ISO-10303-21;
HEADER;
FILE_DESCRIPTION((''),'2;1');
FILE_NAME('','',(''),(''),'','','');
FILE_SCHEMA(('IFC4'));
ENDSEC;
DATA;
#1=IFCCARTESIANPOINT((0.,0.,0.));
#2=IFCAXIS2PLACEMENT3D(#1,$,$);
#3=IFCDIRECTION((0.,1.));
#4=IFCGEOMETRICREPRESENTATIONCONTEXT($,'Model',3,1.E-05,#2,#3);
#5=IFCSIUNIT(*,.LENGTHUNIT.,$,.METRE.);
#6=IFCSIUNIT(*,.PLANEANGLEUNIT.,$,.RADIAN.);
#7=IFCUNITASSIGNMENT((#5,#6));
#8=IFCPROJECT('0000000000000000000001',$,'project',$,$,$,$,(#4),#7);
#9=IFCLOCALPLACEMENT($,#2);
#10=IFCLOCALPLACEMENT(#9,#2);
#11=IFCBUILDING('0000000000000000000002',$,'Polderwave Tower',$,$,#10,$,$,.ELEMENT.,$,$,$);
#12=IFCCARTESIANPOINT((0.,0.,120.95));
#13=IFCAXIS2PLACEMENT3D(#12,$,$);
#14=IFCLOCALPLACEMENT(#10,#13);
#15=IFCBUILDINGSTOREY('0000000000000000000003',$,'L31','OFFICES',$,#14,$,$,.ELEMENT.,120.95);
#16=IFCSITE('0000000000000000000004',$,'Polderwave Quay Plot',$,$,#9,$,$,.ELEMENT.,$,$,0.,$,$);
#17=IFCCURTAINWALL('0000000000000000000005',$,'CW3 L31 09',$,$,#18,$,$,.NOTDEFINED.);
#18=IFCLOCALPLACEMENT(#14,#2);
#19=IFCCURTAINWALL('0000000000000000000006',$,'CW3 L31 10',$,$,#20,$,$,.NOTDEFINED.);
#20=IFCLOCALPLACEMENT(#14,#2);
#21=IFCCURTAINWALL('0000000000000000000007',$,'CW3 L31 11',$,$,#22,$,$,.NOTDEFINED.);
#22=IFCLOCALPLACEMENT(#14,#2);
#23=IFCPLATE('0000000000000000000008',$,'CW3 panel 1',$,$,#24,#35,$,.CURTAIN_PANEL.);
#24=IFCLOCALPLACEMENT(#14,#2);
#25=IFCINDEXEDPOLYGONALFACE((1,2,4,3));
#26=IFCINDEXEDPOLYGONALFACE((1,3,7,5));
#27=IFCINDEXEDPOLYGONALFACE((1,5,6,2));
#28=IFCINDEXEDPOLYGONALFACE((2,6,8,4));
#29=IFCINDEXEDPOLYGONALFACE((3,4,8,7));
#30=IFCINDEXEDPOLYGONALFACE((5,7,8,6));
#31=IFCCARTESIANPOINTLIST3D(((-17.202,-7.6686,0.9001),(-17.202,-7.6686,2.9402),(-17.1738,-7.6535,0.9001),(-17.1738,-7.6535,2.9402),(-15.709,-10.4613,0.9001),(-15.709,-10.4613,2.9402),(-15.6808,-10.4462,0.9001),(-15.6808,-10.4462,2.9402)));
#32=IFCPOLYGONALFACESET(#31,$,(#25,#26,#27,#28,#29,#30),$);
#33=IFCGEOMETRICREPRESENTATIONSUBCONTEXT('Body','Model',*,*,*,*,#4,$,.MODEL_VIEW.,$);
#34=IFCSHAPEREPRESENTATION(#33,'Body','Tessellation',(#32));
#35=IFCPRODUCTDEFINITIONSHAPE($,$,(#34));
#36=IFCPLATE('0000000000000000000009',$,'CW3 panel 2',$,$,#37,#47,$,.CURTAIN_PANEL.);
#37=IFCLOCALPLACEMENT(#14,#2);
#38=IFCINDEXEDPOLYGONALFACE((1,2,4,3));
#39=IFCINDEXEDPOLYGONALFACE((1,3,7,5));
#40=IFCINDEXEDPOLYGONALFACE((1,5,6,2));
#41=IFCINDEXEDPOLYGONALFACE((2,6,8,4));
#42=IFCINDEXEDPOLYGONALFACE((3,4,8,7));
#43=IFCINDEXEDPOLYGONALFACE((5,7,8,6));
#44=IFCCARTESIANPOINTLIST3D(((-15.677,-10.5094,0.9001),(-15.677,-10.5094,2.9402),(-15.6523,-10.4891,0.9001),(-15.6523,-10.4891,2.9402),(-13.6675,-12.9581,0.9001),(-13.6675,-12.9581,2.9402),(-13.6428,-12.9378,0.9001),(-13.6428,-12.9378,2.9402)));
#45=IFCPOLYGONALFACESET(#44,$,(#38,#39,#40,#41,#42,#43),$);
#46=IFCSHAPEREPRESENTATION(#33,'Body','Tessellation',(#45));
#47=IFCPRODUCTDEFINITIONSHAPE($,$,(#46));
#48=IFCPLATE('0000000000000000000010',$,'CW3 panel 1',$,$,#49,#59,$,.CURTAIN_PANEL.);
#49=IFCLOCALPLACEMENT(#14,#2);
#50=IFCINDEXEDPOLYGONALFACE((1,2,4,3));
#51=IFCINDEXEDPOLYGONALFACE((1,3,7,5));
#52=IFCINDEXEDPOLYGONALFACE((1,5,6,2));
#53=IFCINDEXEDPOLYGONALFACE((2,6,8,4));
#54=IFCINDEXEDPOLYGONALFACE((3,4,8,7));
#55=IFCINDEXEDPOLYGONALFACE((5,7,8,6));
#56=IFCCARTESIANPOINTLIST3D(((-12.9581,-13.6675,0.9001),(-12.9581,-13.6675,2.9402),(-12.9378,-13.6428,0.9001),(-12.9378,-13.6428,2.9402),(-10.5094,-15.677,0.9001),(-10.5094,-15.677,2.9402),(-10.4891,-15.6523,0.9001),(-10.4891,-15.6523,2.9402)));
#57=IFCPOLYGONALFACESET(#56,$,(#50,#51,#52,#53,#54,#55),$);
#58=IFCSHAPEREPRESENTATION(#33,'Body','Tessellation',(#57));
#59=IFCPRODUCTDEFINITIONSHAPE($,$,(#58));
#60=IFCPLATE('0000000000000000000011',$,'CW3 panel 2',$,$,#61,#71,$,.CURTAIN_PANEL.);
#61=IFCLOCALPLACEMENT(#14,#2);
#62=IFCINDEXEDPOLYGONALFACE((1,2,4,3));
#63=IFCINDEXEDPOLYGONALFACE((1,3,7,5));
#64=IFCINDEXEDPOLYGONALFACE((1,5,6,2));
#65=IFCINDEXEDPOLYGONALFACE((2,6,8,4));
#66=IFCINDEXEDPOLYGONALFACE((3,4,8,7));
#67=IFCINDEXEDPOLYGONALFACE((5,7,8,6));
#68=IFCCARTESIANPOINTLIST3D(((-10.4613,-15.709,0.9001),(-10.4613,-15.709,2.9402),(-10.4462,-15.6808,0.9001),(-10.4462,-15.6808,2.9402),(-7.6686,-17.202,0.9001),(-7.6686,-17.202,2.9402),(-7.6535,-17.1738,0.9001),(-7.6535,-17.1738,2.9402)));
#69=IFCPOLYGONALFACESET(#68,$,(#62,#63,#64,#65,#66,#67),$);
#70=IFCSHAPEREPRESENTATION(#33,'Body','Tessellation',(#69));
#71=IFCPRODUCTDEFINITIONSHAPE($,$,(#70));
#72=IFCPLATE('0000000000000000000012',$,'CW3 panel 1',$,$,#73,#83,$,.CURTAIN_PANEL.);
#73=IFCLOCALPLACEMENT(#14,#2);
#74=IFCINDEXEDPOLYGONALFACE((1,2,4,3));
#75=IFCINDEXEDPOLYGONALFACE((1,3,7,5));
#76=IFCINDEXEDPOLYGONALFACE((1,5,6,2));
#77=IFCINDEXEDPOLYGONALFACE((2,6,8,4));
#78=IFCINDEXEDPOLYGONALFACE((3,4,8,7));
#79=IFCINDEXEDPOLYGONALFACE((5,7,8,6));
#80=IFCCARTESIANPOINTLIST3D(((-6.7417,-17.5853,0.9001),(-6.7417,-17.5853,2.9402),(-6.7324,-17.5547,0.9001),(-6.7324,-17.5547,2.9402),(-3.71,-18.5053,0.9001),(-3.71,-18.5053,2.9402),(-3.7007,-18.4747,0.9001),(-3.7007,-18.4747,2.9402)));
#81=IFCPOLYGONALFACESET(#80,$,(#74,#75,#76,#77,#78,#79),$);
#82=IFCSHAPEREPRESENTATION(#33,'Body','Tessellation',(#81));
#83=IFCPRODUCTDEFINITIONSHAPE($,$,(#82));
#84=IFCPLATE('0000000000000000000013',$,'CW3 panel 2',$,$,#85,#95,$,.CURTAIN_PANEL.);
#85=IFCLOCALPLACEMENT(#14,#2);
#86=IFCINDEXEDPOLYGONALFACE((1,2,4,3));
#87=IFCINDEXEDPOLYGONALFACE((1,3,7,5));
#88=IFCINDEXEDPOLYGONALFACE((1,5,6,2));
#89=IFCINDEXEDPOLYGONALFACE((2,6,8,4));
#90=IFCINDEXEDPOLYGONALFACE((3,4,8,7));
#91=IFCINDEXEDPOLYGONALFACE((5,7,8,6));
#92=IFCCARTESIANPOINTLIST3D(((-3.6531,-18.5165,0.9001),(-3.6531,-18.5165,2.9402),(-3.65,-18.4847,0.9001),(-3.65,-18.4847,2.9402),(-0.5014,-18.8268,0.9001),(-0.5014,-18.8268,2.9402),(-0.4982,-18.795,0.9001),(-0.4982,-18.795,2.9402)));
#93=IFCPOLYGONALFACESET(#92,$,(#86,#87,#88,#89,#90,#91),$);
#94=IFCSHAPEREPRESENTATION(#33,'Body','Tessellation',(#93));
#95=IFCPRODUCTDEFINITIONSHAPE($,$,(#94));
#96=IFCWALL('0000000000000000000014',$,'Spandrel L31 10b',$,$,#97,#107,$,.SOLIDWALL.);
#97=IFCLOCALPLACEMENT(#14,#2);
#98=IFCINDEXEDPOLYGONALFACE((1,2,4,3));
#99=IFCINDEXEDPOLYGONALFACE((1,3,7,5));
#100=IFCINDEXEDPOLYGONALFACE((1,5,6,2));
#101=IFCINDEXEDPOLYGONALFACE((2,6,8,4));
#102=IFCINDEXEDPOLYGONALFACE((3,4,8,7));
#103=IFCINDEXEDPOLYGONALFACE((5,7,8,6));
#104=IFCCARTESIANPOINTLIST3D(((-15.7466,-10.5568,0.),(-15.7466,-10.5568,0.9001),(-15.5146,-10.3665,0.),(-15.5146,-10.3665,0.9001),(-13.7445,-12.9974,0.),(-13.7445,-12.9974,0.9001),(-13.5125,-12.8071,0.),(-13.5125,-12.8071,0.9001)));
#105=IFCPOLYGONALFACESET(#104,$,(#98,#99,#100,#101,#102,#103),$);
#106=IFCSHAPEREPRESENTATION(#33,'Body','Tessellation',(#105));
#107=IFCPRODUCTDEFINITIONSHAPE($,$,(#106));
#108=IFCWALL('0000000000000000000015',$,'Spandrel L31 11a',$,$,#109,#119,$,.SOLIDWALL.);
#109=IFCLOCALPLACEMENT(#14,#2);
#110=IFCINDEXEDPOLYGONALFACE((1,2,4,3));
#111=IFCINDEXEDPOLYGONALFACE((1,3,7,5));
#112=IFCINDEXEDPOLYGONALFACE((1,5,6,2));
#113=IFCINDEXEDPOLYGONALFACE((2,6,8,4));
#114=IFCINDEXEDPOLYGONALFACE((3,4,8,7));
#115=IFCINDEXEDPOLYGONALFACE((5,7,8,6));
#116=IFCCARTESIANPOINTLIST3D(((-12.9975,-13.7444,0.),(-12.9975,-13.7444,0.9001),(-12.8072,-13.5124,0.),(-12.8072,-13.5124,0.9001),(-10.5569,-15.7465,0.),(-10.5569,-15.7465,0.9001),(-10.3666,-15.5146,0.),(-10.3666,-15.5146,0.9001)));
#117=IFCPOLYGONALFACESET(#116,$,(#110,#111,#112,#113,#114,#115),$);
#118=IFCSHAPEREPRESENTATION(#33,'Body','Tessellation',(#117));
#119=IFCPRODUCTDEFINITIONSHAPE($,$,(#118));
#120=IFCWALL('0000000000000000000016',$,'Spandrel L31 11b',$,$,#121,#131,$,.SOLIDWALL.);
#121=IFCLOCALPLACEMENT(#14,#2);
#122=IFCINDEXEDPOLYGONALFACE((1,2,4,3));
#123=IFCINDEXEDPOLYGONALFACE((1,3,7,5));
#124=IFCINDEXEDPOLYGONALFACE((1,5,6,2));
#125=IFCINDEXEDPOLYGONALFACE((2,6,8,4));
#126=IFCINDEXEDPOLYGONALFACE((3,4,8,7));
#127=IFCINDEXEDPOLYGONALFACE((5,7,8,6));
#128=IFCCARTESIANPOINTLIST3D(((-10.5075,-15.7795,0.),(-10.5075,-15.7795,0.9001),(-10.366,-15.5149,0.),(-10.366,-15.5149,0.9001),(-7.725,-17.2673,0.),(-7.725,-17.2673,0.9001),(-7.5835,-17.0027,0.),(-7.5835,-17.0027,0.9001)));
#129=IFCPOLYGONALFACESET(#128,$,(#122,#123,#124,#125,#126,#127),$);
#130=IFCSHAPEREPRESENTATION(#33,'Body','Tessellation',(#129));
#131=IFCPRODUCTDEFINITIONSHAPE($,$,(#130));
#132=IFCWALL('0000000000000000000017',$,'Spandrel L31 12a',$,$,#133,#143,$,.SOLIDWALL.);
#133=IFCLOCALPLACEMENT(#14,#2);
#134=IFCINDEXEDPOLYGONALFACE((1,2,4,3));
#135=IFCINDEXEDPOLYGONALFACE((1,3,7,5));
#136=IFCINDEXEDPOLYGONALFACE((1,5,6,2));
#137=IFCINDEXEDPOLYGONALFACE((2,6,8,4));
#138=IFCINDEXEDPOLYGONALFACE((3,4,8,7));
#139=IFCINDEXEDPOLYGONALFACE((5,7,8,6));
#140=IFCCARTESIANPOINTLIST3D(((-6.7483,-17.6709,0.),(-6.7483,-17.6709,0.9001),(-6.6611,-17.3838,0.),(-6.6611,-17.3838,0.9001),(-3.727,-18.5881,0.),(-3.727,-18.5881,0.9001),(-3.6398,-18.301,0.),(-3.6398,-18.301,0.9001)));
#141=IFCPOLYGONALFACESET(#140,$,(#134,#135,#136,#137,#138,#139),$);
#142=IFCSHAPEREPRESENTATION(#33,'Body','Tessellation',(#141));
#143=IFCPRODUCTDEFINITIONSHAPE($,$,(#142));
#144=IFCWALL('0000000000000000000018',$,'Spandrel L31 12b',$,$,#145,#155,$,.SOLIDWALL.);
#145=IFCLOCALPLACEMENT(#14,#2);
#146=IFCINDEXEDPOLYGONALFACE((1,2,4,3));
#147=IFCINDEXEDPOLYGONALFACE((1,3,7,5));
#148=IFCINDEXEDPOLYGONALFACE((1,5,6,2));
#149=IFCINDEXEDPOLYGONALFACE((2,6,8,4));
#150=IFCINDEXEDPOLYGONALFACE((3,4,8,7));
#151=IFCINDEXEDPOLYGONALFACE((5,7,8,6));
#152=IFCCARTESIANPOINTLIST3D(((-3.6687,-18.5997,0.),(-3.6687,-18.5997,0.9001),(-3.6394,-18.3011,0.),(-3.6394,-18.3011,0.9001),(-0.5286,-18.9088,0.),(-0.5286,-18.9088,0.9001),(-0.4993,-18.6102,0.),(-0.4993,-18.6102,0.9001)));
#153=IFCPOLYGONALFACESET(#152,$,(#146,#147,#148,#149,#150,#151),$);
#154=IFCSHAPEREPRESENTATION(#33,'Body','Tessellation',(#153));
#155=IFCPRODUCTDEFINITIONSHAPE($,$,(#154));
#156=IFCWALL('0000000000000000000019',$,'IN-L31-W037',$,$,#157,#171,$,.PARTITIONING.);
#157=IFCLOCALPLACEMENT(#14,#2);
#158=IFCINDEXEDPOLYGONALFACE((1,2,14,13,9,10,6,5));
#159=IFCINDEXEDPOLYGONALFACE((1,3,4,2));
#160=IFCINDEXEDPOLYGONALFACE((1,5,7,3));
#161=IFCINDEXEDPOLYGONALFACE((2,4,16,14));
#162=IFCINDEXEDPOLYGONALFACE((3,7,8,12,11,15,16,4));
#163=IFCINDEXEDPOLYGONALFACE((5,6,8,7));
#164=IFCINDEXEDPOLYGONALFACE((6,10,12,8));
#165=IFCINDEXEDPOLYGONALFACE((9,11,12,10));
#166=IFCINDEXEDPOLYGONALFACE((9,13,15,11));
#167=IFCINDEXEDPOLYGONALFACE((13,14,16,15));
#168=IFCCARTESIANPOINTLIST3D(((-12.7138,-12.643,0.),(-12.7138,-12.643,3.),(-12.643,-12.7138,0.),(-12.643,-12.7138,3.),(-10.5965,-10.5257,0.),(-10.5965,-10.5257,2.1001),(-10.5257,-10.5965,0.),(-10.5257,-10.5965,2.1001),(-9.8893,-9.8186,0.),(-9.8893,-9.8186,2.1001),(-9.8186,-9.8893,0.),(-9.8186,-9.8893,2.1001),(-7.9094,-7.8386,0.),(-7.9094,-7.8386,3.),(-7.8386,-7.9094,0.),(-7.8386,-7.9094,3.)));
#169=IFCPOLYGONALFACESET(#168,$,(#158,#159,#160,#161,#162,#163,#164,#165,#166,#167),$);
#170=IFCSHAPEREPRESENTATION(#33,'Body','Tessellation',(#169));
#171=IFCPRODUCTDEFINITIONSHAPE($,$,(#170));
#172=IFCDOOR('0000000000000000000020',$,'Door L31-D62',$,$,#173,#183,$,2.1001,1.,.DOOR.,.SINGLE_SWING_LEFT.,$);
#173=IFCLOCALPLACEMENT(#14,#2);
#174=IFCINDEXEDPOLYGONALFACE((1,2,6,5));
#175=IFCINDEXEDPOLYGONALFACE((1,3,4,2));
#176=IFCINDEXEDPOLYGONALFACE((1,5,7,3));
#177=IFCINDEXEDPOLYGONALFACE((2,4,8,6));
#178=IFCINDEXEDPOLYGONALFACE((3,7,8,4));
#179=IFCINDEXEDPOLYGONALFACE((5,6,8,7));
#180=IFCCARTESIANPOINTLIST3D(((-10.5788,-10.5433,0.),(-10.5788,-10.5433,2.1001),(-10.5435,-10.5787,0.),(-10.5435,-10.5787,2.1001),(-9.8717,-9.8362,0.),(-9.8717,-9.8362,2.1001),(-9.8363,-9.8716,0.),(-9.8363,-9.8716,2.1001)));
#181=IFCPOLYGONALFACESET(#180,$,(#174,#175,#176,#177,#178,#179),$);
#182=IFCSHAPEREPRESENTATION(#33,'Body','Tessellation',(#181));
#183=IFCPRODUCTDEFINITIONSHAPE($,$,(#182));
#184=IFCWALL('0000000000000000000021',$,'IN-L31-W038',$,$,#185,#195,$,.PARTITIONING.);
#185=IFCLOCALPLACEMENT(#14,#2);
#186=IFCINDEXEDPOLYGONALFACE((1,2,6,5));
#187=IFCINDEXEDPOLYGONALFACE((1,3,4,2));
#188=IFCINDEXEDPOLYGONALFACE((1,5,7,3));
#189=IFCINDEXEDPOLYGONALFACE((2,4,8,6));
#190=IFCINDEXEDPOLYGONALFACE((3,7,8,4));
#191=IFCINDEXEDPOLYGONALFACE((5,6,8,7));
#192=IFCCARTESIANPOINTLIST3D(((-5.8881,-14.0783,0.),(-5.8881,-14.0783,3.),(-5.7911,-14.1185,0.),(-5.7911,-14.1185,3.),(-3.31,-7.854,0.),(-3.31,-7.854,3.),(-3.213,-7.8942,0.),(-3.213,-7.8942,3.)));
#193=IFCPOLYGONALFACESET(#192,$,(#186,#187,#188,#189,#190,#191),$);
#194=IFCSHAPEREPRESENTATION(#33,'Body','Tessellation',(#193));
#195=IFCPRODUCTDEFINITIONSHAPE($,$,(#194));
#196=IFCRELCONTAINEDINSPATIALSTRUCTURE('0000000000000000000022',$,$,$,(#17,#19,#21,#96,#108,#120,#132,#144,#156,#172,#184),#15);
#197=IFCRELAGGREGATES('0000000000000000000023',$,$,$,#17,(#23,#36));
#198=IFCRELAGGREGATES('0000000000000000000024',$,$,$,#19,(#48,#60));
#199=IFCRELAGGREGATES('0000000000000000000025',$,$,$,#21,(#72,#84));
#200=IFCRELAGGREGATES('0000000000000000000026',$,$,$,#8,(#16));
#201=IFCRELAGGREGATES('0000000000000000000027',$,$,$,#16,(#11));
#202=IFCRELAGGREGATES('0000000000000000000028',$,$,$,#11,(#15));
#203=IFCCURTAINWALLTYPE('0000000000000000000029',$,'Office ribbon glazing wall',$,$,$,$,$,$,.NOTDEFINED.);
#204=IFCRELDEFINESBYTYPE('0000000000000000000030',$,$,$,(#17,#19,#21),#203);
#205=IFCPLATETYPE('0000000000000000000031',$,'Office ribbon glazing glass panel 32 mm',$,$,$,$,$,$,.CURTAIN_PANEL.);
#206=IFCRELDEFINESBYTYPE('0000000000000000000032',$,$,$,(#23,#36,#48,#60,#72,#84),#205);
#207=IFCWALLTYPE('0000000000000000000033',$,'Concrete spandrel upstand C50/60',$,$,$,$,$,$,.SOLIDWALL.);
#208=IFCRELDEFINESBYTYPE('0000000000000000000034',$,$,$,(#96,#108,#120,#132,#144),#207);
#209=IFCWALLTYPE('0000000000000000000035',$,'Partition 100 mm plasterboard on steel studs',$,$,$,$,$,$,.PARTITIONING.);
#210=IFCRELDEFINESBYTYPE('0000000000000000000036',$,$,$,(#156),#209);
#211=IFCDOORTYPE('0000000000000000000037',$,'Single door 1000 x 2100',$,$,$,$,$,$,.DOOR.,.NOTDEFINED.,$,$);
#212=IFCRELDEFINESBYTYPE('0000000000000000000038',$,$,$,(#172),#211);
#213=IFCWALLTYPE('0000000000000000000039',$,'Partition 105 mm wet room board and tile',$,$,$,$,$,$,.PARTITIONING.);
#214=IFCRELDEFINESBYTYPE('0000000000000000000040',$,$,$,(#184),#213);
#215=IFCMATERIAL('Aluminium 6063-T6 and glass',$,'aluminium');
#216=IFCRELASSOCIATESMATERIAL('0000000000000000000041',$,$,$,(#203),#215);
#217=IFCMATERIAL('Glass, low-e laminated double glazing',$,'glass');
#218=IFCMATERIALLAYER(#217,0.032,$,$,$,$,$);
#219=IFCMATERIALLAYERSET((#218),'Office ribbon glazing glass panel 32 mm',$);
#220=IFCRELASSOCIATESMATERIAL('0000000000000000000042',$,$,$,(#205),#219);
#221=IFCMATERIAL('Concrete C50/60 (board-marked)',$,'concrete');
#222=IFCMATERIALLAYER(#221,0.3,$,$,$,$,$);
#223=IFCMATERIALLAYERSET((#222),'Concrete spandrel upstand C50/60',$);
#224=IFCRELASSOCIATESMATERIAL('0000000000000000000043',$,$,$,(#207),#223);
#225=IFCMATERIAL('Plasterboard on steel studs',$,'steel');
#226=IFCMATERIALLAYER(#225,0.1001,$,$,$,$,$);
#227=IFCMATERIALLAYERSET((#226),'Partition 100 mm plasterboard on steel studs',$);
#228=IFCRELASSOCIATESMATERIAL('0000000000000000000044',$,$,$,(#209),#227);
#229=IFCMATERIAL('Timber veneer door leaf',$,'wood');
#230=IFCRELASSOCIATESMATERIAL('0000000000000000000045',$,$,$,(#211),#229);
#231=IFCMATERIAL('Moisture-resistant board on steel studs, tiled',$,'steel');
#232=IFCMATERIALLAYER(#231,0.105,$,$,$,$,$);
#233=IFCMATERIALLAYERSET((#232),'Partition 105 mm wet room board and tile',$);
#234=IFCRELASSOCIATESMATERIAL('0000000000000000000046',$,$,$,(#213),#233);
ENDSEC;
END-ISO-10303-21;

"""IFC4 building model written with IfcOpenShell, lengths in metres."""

from ifc_helpers import new_model, si_unit, direction, frame, frame_2d, origin, origin_2d, place, context, subcontext, project, spatial, rectangle, extrude, material, layer, layer_set, type_object, element, fill, aggregate, save


model = new_model("IFC4")

# Units and contexts
model_context = context("Model", 3, precision=1e-05, world=origin(), true_north=direction((0.0, 1.0)))
body_context = subcontext(model_context, "Body", "Model", "MODEL_VIEW")
ifc_project = project(units=[si_unit("LENGTHUNIT", "METRE"), si_unit("PLANEANGLEUNIT", "RADIAN")], contexts=[model_context])

# Site, building, storey
site_placement = place(None, origin())
site = spatial("IfcSite", under=ifc_project, at=site_placement, Name="Polderwave Quay Plot", CompositionType="ELEMENT", RefElevation=0.0)
building_placement = place(site_placement, origin())
building = spatial("IfcBuilding", under=site, at=building_placement, Name="Polderwave Tower", CompositionType="ELEMENT")
storey_placement = place(building_placement, frame((0.0, 0.0, 120.95)))
storey = spatial("IfcBuildingStorey", under=building, at=storey_placement, Name="L31", Description="OFFICES", CompositionType="ELEMENT", Elevation=120.95)

# Curtain walls
ifc_material_1 = material(Name="Aluminium 6063-T6 and glass", Category="aluminium")
curtain_wall_type = type_object("IfcCurtainWallType", Name="Office ribbon glazing wall", PredefinedType="NOTDEFINED", material=ifc_material_1)
curtain_wall_1_placement = place(storey_placement, origin())
curtain_wall_1 = element("IfcCurtainWall", 1, at=curtain_wall_1_placement, inside=storey, type_object=curtain_wall_type, Name="CW3 L31 09", PredefinedType="NOTDEFINED")
curtain_wall_2_placement = place(storey_placement, origin())
curtain_wall_2 = element("IfcCurtainWall", 2, at=curtain_wall_2_placement, inside=storey, type_object=curtain_wall_type, Name="CW3 L31 10", PredefinedType="NOTDEFINED")
curtain_wall_3_placement = place(storey_placement, origin())
curtain_wall_3 = element("IfcCurtainWall", 3, at=curtain_wall_3_placement, inside=storey, type_object=curtain_wall_type, Name="CW3 L31 11", PredefinedType="NOTDEFINED")

# Plates
ifc_material_2 = material(Name="Glass, low-e laminated double glazing", Category="glass")
ifc_layer_1 = layer(ifc_material_2, 0.032)
ifc_layer_set_1 = layer_set([ifc_layer_1], Name="Office ribbon glazing glass panel 32 mm")
plate_type = type_object("IfcPlateType", Name="Office ribbon glazing glass panel 32 mm", PredefinedType="CURTAIN_PANEL", material=ifc_layer_set_1)
plate_1_placement = place(storey_placement, frame((-16.4414, -9.0574, 0.9001), z_axis=(0.0, 0.0, 1.0), x_axis=(0.471466, -0.881884, 0.0)))
plate_1 = element("IfcPlate", 4, at=plate_1_placement, type_object=plate_type, Name="CW3 panel 1", PredefinedType="CURTAIN_PANEL", context=body_context, shape_type="SweptSolid", body=[
    extrude(rectangle(XDim=3.1667, YDim=0.032, at=origin_2d()), origin(), (0.0, 0.0, 1.0), 2.04),
])
plate_2_placement = place(storey_placement, frame((-14.6599, -11.7236, 0.9001), z_axis=(0.0, 0.0, 1.0), x_axis=(0.634378, -0.773023, 0.0)))
plate_2 = element("IfcPlate", 5, at=plate_2_placement, type_object=plate_type, Name="CW3 panel 2", PredefinedType="CURTAIN_PANEL", context=body_context, shape_type="SweptSolid", body=[
    extrude(rectangle(XDim=3.1677, YDim=0.032, at=origin_2d()), origin(), (0.0, 0.0, 1.0), 2.04),
])
aggregate(curtain_wall_1, [plate_1, plate_2])
plate_3_placement = place(storey_placement, frame((-11.7236, -14.6599, 0.9001), z_axis=(0.0, 0.0, 1.0), x_axis=(0.773023, -0.634378, 0.0)))
plate_3 = element("IfcPlate", 6, at=plate_3_placement, type_object=plate_type, Name="CW3 panel 1", PredefinedType="CURTAIN_PANEL", context=body_context, shape_type="SweptSolid", body=[
    extrude(rectangle(XDim=3.1677, YDim=0.032, at=origin_2d()), origin(), (0.0, 0.0, 1.0), 2.04),
])
plate_4_placement = place(storey_placement, frame((-9.0574, -16.4414, 0.9001), z_axis=(0.0, 0.0, 1.0), x_axis=(0.881884, -0.471466, 0.0)))
plate_4 = element("IfcPlate", 7, at=plate_4_placement, type_object=plate_type, Name="CW3 panel 2", PredefinedType="CURTAIN_PANEL", context=body_context, shape_type="SweptSolid", body=[
    extrude(rectangle(XDim=3.1667, YDim=0.032, at=origin_2d()), origin(), (0.0, 0.0, 1.0), 2.04),
])
aggregate(curtain_wall_2, [plate_3, plate_4])
plate_5_placement = place(storey_placement, frame((-5.2212, -18.03, 0.9001), z_axis=(0.0, 0.0, 1.0), x_axis=(0.956908, -0.29039, 0.0)))
plate_5 = element("IfcPlate", 8, at=plate_5_placement, type_object=plate_type, Name="CW3 panel 1", PredefinedType="CURTAIN_PANEL", context=body_context, shape_type="SweptSolid", body=[
    extrude(rectangle(XDim=3.1682, YDim=0.032, at=origin_2d()), origin(), (0.0, 0.0, 1.0), 2.04),
])
plate_6_placement = place(storey_placement, frame((-2.0757, -18.6558, 0.9001), z_axis=(0.0, 0.0, 1.0), x_axis=(0.995188, -0.097984, 0.0)))
plate_6 = element("IfcPlate", 9, at=plate_6_placement, type_object=plate_type, Name="CW3 panel 2", PredefinedType="CURTAIN_PANEL", context=body_context, shape_type="SweptSolid", body=[
    extrude(rectangle(XDim=3.167, YDim=0.032, at=origin_2d()), origin(), (0.0, 0.0, 1.0), 2.04),
])
aggregate(curtain_wall_3, [plate_5, plate_6])

# Walls
ifc_material_3 = material(Name="Concrete C50/60 (board-marked)", Category="concrete")
ifc_layer_2 = layer(ifc_material_3, 0.3)
ifc_layer_set_2 = layer_set([ifc_layer_2], Name="Concrete spandrel upstand C50/60")
wall_type_1 = type_object("IfcWallType", Name="Concrete spandrel upstand C50/60", PredefinedType="SOLIDWALL", material=ifc_layer_set_2)
for number, where, z_axis, x_axis, name in (
    (10, (-15.6306, -10.4617, 0.0), (0.0, 0.0, 1.0), (0.63424, -0.773137, 0.0), "Spandrel L31 10b"),
    (11, (-12.9023, -13.6284, 0.0), (0.0, 0.0, 1.0), (0.773137, -0.63424, 0.0), "Spandrel L31 11a"),
):
    element("IfcWall", number, at=place(storey_placement, frame(where, z_axis=z_axis, x_axis=x_axis)), inside=storey, type_object=wall_type_1, Name=name, PredefinedType="SOLIDWALL", context=body_context, shape_type="SweptSolid", body=[
        extrude(rectangle(XDim=3.1567, YDim=0.3, at=frame_2d((1.5784, 0.0))), origin(), (0.0, 0.0, 1.0), 0.9001),
    ])
wall_1_placement = place(storey_placement, frame((-10.4368, -15.6472, 0.0), z_axis=(0.0, 0.0, 1.0), x_axis=(0.881851, -0.471528, 0.0)))
element("IfcWall", 12, at=wall_1_placement, inside=storey, type_object=wall_type_1, Name="Spandrel L31 11b", PredefinedType="SOLIDWALL", context=body_context, shape_type="SweptSolid", body=[
    extrude(rectangle(XDim=3.1553, YDim=0.3, at=frame_2d((1.5776, 0.0))), origin(), (0.0, 0.0, 1.0), 0.9001),
])
wall_2_placement = place(storey_placement, frame((-6.7046, -17.5273, 0.0), z_axis=(0.0, 0.0, 1.0), x_axis=(0.956874, -0.290503, 0.0)))
element("IfcWall", 13, at=wall_2_placement, inside=storey, type_object=wall_type_1, Name="Spandrel L31 12a", PredefinedType="SOLIDWALL", context=body_context, shape_type="SweptSolid", body=[
    extrude(rectangle(XDim=3.1575, YDim=0.3, at=frame_2d((1.5786, 0.0))), origin(), (0.0, 0.0, 1.0), 0.9001),
])
wall_3_placement = place(storey_placement, frame((-3.6541, -18.4504, 0.0), z_axis=(0.0, 0.0, 1.0), x_axis=(0.995191, -0.097956, 0.0)))
element("IfcWall", 14, at=wall_3_placement, inside=storey, type_object=wall_type_1, Name="Spandrel L31 12b", PredefinedType="SOLIDWALL", context=body_context, shape_type="SweptSolid", body=[
    extrude(rectangle(XDim=3.1553, YDim=0.3, at=frame_2d((1.5776, 0.0))), origin(), (0.0, 0.0, 1.0), 0.9001),
])

# Wall, opening, door
ifc_material_4 = material(Name="Plasterboard on steel studs", Category="steel")
ifc_layer_3 = layer(ifc_material_4, 0.1001)
ifc_layer_set_3 = layer_set([ifc_layer_3], Name="Partition 100 mm plasterboard on steel studs")
wall_type_2 = type_object("IfcWallType", Name="Partition 100 mm plasterboard on steel studs", PredefinedType="PARTITIONING", material=ifc_layer_set_3)
wall_4_placement = place(storey_placement, frame((-7.874, -7.874, 0.0), z_axis=(0.0, 0.0, 1.0), x_axis=(-0.707107, -0.707107, 0.0)))
wall_4 = element("IfcWall", 15, at=wall_4_placement, inside=storey, type_object=wall_type_2, Name="IN-L31-W037", PredefinedType="PARTITIONING", context=body_context, shape_type="SweptSolid", body=[
    extrude(rectangle(XDim=6.7944, YDim=0.1001, at=frame_2d((3.3972, 0.0))), origin(), (0.0, 0.0, 1.0), 3.0),
])
opening_1_placement = place(wall_4_placement, frame((2.8, 0.0, 0.0)))
opening_1 = element("IfcOpeningElement", 16, at=opening_1_placement, cuts=wall_4, PredefinedType="OPENING", context=body_context, shape_type="SweptSolid", body=[
    extrude(rectangle(XDim=1.0, YDim=2.1001, at=frame_2d((0.5, 1.05))), frame((0.0, 0.0601, 0.0), z_axis=(0.0, -1.0, 0.0), x_axis=(1.0, 0.0, 0.0)), (0.0, 0.0, 1.0), 0.1201),
])
ifc_material_5 = material(Name="Timber veneer door leaf", Category="wood")
door_type = type_object("IfcDoorType", Name="Single door 1000 x 2100", OperationType="NOTDEFINED", PredefinedType="DOOR", material=ifc_material_5)
door_1_placement = place(opening_1_placement, origin())
door_1 = element("IfcDoor", 17, at=door_1_placement, inside=storey, type_object=door_type, Name="Door L31-D62", OperationType="SINGLE_SWING_LEFT", OverallHeight=2.1001, OverallWidth=1.0, PredefinedType="DOOR", context=body_context, shape_type="SweptSolid", body=[
    extrude(rectangle(XDim=1.0, YDim=2.1001, at=frame_2d((0.5, 1.05))), frame((0.0, 0.0249, 0.0), z_axis=(0.0, -1.0, 0.0), x_axis=(1.0, 0.0, 0.0)), (0.0, 0.0, 1.0), 0.05),
])
fill(opening_1, door_1)

# Wall
ifc_material_6 = material(Name="Moisture-resistant board on steel studs, tiled", Category="steel")
ifc_layer_4 = layer(ifc_material_6, 0.105)
ifc_layer_set_4 = layer_set([ifc_layer_4], Name="Partition 105 mm wet room board and tile")
wall_type_3 = type_object("IfcWallType", Name="Partition 105 mm wet room board and tile", PredefinedType="PARTITIONING", material=ifc_layer_set_4)
wall_5_placement = place(storey_placement, frame((-3.2615, -7.874, 0.0), z_axis=(0.0, 0.0, 1.0), x_axis=(-0.382672, -0.923884, 0.0)))
element("IfcWall", 18, at=wall_5_placement, inside=storey, type_object=wall_type_3, Name="IN-L31-W038", PredefinedType="PARTITIONING", context=body_context, shape_type="SweptSolid", body=[
    extrude(rectangle(XDim=6.7371, YDim=0.105, at=frame_2d((3.3687, 0.0))), origin(), (0.0, 0.0, 1.0), 3.0),
])

save(model, "model.ifc")
